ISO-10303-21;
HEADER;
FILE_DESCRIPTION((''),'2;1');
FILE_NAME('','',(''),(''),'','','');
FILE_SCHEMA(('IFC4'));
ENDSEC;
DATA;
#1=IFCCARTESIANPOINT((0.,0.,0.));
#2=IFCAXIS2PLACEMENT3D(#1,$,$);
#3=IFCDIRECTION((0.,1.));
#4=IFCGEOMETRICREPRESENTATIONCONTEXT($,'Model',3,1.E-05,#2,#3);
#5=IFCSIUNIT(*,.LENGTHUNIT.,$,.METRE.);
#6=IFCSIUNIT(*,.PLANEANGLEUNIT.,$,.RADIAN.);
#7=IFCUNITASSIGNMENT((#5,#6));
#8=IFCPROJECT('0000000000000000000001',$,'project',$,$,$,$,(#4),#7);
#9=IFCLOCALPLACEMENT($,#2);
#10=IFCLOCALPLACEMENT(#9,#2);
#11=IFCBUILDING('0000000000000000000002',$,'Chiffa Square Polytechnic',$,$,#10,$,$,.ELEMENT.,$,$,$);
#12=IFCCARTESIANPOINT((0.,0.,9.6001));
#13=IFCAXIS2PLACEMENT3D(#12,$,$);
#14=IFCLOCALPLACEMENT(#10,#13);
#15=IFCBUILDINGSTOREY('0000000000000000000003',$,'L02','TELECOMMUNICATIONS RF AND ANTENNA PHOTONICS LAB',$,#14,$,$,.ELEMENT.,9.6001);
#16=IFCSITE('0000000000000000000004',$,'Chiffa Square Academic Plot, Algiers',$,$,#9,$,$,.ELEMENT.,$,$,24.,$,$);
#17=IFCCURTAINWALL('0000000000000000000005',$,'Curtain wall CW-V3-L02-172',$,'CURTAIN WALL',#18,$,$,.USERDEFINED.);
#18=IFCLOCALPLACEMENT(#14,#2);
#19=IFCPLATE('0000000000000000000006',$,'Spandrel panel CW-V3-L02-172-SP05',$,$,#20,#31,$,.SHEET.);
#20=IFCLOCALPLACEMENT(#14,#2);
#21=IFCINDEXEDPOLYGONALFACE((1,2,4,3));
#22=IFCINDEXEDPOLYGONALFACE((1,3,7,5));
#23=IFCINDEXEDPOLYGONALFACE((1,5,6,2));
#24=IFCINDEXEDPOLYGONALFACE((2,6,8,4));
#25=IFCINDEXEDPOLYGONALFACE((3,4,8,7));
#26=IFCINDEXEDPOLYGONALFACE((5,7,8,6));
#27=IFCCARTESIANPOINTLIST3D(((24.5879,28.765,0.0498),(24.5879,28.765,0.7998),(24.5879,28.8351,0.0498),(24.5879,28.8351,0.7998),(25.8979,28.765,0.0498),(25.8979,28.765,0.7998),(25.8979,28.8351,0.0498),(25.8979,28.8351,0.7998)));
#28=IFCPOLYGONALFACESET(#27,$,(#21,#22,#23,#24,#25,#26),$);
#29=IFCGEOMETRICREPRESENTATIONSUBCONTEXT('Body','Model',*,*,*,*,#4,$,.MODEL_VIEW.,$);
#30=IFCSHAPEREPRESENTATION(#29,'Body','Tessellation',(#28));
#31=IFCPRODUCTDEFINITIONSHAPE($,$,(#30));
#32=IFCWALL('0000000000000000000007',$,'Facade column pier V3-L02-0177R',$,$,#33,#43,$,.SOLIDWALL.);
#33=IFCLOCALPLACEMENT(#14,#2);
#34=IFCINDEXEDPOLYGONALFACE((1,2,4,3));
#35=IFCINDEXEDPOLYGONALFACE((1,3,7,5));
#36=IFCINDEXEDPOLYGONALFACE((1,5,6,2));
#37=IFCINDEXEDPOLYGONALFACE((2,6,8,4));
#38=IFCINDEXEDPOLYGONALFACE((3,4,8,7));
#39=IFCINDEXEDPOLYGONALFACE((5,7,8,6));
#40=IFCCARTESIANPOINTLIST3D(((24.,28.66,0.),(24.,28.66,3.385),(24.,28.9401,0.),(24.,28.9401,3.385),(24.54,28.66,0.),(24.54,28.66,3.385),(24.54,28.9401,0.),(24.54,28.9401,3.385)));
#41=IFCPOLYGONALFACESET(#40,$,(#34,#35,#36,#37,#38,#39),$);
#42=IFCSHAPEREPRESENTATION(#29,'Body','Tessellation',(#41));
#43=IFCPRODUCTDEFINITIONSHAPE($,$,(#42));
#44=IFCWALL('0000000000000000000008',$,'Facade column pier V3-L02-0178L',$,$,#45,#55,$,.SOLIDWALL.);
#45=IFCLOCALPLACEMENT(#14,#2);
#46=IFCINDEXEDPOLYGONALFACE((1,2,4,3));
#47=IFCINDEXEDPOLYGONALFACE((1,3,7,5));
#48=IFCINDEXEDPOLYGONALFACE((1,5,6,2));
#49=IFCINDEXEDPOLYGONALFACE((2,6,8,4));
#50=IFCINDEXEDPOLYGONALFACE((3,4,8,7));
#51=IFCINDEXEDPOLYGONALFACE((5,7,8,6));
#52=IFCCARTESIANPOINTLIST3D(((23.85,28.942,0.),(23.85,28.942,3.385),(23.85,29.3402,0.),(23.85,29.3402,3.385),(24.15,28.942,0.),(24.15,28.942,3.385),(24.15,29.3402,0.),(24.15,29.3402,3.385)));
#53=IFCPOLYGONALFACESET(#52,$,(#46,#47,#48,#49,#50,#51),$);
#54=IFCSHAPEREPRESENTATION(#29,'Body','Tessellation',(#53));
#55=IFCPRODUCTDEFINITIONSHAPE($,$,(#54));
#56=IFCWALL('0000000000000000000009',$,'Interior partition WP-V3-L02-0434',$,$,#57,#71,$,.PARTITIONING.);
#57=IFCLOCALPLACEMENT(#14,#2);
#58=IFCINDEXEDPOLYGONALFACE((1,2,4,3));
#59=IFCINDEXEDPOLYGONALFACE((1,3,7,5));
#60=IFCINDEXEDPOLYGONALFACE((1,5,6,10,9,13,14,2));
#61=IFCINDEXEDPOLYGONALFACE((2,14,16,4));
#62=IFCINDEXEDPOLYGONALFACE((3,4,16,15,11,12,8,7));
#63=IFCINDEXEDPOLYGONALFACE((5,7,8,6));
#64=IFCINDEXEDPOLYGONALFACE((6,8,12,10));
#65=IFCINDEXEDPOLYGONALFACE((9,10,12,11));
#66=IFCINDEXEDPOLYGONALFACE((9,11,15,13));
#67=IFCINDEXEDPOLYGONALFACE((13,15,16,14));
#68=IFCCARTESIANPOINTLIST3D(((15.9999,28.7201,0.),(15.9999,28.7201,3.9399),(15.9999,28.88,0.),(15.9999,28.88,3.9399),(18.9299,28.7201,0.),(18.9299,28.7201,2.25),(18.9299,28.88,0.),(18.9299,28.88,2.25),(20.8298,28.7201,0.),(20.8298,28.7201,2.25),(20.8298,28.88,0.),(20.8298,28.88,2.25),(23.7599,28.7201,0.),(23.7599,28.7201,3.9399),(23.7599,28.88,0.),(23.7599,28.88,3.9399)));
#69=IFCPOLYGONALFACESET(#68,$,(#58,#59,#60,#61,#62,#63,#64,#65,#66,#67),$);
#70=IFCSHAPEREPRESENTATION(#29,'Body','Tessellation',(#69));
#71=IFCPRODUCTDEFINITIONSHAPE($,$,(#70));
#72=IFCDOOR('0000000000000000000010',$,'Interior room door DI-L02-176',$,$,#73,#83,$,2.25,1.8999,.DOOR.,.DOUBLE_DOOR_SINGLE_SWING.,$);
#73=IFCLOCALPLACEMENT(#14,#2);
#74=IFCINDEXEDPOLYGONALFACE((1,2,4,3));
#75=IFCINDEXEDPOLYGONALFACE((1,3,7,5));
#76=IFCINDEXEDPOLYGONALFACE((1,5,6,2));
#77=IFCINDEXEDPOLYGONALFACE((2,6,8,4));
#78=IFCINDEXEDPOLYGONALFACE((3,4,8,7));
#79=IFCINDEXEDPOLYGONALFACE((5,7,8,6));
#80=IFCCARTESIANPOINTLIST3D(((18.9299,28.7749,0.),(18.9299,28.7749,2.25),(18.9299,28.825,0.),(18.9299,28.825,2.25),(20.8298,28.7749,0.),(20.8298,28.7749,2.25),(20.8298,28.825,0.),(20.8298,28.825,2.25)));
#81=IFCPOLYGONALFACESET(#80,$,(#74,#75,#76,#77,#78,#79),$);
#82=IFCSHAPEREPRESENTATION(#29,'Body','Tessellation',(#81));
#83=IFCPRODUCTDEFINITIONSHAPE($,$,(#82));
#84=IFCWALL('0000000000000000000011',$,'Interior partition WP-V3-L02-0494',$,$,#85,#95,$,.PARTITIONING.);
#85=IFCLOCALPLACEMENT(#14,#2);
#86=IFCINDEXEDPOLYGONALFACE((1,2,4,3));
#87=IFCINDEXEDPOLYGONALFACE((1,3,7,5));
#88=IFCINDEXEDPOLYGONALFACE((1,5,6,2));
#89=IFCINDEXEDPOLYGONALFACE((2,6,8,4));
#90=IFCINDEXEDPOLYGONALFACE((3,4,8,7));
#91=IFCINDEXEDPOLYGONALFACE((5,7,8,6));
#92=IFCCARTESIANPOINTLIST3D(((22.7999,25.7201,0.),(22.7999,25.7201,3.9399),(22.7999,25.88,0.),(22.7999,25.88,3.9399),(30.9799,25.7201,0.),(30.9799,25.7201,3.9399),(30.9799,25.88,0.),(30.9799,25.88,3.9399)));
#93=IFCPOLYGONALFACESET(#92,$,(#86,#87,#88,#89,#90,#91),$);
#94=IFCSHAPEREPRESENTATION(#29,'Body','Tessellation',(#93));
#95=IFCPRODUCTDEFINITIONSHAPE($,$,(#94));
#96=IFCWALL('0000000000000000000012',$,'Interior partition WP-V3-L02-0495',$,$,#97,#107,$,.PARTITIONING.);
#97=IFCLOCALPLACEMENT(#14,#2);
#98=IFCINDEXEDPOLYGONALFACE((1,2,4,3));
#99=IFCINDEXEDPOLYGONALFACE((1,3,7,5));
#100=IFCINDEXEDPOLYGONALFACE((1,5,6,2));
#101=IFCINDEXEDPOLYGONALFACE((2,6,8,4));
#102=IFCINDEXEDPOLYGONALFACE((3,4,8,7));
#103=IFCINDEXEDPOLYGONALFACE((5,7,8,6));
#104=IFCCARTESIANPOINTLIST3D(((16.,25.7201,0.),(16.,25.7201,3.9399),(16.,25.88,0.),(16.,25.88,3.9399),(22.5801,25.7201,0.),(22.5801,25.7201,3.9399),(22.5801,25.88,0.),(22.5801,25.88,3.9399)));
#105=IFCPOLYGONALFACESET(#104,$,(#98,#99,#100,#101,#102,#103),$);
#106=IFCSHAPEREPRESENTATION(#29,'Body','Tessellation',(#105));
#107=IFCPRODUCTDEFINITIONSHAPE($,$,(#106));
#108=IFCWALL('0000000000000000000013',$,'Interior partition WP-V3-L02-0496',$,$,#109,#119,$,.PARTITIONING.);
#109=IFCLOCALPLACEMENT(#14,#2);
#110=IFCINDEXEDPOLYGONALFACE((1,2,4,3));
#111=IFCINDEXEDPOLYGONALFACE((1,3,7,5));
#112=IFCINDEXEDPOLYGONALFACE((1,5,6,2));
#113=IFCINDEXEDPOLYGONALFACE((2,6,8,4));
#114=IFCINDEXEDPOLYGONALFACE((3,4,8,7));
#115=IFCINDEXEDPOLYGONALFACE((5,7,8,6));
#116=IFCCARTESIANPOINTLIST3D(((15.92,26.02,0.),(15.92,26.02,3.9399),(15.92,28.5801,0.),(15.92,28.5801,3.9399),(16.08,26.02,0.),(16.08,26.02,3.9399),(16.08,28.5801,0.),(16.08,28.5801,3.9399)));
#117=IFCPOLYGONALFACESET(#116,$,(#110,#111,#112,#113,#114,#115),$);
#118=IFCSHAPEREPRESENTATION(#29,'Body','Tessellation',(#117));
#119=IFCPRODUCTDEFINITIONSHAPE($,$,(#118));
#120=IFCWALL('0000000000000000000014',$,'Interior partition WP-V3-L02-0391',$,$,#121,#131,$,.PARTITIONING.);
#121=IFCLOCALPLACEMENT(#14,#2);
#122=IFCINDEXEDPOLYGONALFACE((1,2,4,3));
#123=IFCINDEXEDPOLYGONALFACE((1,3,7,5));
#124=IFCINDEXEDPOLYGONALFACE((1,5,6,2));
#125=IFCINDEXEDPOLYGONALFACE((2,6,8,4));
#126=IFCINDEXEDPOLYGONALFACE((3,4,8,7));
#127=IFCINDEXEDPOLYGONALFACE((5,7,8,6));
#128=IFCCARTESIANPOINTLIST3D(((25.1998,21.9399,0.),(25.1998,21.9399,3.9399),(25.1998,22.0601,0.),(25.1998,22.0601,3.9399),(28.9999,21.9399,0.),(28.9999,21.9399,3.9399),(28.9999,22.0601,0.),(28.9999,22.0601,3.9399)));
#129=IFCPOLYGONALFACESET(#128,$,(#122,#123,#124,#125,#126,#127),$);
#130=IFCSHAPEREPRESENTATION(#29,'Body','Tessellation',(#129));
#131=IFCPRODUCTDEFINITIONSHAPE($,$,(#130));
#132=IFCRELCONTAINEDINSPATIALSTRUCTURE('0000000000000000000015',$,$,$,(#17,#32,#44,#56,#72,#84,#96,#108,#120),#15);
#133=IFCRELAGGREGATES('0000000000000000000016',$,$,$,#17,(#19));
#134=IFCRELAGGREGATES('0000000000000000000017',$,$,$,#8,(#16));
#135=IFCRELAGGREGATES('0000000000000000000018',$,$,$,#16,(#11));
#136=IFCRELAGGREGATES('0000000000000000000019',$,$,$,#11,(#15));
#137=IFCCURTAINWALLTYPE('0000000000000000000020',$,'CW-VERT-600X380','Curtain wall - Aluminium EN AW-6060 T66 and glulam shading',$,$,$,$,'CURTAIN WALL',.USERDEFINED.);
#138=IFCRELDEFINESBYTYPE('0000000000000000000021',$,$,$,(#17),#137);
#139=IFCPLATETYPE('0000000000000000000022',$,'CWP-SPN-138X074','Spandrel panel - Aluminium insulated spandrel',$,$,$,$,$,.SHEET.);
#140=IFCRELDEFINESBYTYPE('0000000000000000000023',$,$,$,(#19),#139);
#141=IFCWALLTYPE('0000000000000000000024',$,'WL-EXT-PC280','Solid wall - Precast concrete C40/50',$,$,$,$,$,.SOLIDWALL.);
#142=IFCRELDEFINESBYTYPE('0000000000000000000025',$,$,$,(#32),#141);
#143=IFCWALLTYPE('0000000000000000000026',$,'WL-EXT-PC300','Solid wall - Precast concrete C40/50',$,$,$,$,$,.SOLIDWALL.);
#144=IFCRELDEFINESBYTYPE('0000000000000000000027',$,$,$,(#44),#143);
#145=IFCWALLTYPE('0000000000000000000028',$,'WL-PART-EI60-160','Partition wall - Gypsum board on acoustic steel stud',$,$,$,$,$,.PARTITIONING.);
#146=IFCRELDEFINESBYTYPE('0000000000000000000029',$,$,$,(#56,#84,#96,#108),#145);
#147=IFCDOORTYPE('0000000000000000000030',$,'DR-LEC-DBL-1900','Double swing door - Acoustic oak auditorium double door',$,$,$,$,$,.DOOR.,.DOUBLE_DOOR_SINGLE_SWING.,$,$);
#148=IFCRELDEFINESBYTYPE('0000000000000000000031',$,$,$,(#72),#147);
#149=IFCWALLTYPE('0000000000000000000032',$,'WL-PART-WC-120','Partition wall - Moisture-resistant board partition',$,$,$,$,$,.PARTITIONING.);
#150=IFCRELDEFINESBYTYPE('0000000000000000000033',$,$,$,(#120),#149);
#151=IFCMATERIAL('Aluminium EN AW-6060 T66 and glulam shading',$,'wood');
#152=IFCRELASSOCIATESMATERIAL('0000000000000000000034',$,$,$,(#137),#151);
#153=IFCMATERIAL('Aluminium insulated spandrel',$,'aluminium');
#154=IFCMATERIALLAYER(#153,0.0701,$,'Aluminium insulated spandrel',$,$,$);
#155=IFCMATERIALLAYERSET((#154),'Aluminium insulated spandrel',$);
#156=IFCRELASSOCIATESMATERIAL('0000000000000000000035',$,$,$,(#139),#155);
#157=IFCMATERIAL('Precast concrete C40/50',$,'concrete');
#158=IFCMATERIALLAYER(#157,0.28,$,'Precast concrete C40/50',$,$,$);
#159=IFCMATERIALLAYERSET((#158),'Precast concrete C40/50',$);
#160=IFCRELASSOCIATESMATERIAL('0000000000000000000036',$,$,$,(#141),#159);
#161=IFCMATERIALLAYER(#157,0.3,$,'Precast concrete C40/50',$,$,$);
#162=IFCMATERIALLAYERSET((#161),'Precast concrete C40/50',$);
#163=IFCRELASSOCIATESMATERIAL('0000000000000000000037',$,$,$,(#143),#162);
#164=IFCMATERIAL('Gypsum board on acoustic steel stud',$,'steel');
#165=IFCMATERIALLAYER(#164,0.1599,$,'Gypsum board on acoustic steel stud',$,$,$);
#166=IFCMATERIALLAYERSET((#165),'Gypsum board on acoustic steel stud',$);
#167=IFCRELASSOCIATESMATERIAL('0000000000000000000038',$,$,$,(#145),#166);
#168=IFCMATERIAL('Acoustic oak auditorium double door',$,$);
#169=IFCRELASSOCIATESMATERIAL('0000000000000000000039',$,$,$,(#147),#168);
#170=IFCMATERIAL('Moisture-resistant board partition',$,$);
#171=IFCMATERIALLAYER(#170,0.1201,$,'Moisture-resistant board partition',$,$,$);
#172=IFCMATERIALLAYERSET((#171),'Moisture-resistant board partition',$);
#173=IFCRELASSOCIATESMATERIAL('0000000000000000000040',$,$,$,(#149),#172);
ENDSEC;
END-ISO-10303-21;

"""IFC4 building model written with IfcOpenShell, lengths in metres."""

from ifc_helpers import new_model, si_unit, direction, frame, frame_2d, origin, origin_2d, place, context, subcontext, project, spatial, rectangle, extrude, material, layer, layer_set, type_object, element, fill, aggregate, save


model = new_model("IFC4")

# Units and contexts
model_context = context("Model", 3, precision=1e-05, world=origin(), true_north=direction((0.0, 1.0)))
body_context = subcontext(model_context, "Body", "Model", "MODEL_VIEW")
ifc_project = project(units=[si_unit("LENGTHUNIT", "METRE"), si_unit("PLANEANGLEUNIT", "RADIAN")], contexts=[model_context])

# Site, building, storey
site_placement = place(None, origin())
site = spatial("IfcSite", under=ifc_project, at=site_placement, Name="Chiffa Square Academic Plot, Algiers", CompositionType="ELEMENT", RefElevation=24.0)
building_placement = place(site_placement, origin())
building = spatial("IfcBuilding", under=site, at=building_placement, Name="Chiffa Square Polytechnic", CompositionType="ELEMENT")
storey_placement = place(building_placement, frame((0.0, 0.0, 9.6001)))
storey = spatial("IfcBuildingStorey", under=building, at=storey_placement, Name="L02", Description="TELECOMMUNICATIONS RF AND ANTENNA PHOTONICS LAB", CompositionType="ELEMENT", Elevation=9.6001)

# Curtain wall
ifc_material_1 = material(Name="Aluminium EN AW-6060 T66 and glulam shading", Category="wood")
curtain_wall_type_1 = type_object("IfcCurtainWallType", Name="CW-VERT-600X380", Description="Curtain wall - Aluminium EN AW-6060 T66 and glulam shading", ElementType="CURTAIN WALL", PredefinedType="USERDEFINED", material=ifc_material_1)
curtain_wall_1_placement = place(storey_placement, origin())
curtain_wall_1 = element("IfcCurtainWall", 1, at=curtain_wall_1_placement, inside=storey, type_object=curtain_wall_type_1, Name="Curtain wall CW-V3-L02-172", ObjectType="CURTAIN WALL", PredefinedType="USERDEFINED")

# Plate
ifc_material_2 = material(Name="Aluminium insulated spandrel", Category="aluminium")
ifc_layer_1 = layer(ifc_material_2, 0.0701, Name="Aluminium insulated spandrel")
ifc_layer_set_1 = layer_set([ifc_layer_1], Name="Aluminium insulated spandrel")
plate_type_1 = type_object("IfcPlateType", Name="CWP-SPN-138X074", Description="Spandrel panel - Aluminium insulated spandrel", PredefinedType="SHEET", material=ifc_layer_set_1)
plate_1_placement = place(storey_placement, frame((25.2429, 28.8, 0.0498), z_axis=(0.0, 0.0, 1.0), x_axis=(-1.0, 0.0, 0.0)))
plate_1 = element("IfcPlate", 2, at=plate_1_placement, type_object=plate_type_1, Name="Spandrel panel CW-V3-L02-172-SP05", PredefinedType="SHEET", context=body_context, shape_type="SweptSolid", body=[
    extrude(rectangle(XDim=1.3101, YDim=0.0701, at=origin_2d()), origin(), (0.0, 0.0, 1.0), 0.75),
])
aggregate(curtain_wall_1, [plate_1])

# Walls
ifc_material_3 = material(Name="Precast concrete C40/50", Category="concrete")
ifc_layer_2 = layer(ifc_material_3, 0.28, Name="Precast concrete C40/50")
ifc_layer_set_2 = layer_set([ifc_layer_2], Name="Precast concrete C40/50")
wall_type_1 = type_object("IfcWallType", Name="WL-EXT-PC280", Description="Solid wall - Precast concrete C40/50", PredefinedType="SOLIDWALL", material=ifc_layer_set_2)
wall_1_placement = place(storey_placement, frame((24.54, 28.8, 0.0), z_axis=(0.0, 0.0, 1.0), x_axis=(-1.0, 0.0, 0.0)))
element("IfcWall", 3, at=wall_1_placement, inside=storey, type_object=wall_type_1, Name="Facade column pier V3-L02-0177R", PredefinedType="SOLIDWALL", context=body_context, shape_type="SweptSolid", body=[
    extrude(rectangle(XDim=0.54, YDim=0.28, at=frame_2d((0.27, 0.0))), origin(), (0.0, 0.0, 1.0), 3.385),
])
ifc_layer_3 = layer(ifc_material_3, 0.3, Name="Precast concrete C40/50")
ifc_layer_set_3 = layer_set([ifc_layer_3], Name="Precast concrete C40/50")
wall_type_2 = type_object("IfcWallType", Name="WL-EXT-PC300", Description="Solid wall - Precast concrete C40/50", PredefinedType="SOLIDWALL", material=ifc_layer_set_3)
wall_2_placement = place(storey_placement, frame((24.0, 28.9419, 0.0), z_axis=(0.0, 0.0, 1.0), x_axis=(0.0, 1.0, 0.0)))
element("IfcWall", 4, at=wall_2_placement, inside=storey, type_object=wall_type_2, Name="Facade column pier V3-L02-0178L", PredefinedType="SOLIDWALL", context=body_context, shape_type="SweptSolid", body=[
    extrude(rectangle(XDim=0.3982, YDim=0.3, at=frame_2d((0.1992, 0.0))), origin(), (0.0, 0.0, 1.0), 3.385),
])

# Wall, opening, door
ifc_material_4 = material(Name="Gypsum board on acoustic steel stud", Category="steel")
ifc_layer_4 = layer(ifc_material_4, 0.1599, Name="Gypsum board on acoustic steel stud")
ifc_layer_set_4 = layer_set([ifc_layer_4], Name="Gypsum board on acoustic steel stud")
wall_type_3 = type_object("IfcWallType", Name="WL-PART-EI60-160", Description="Partition wall - Gypsum board on acoustic steel stud", PredefinedType="PARTITIONING", material=ifc_layer_set_4)
wall_3_placement = place(storey_placement, frame((16.0, 28.8, 0.0), z_axis=(0.0, 0.0, 1.0), x_axis=(1.0, 0.0, 0.0)))
wall_3 = element("IfcWall", 5, at=wall_3_placement, inside=storey, type_object=wall_type_3, Name="Interior partition WP-V3-L02-0434", PredefinedType="PARTITIONING", context=body_context, shape_type="SweptSolid", body=[
    extrude(rectangle(XDim=7.76, YDim=0.1599, at=frame_2d((3.8799, 0.0))), origin(), (0.0, 0.0, 1.0), 3.9399),
])
opening_placement = place(wall_3_placement, frame((2.9299, 0.0, 0.0)))
opening = element("IfcOpeningElement", 6, at=opening_placement, cuts=wall_3, PredefinedType="OPENING", context=body_context, shape_type="SweptSolid", body=[
    extrude(rectangle(XDim=1.8999, YDim=2.25, at=frame_2d((0.95, 1.125))), frame((0.0, 0.0898, 0.0), z_axis=(0.0, -1.0, 0.0), x_axis=(1.0, 0.0, 0.0)), (0.0, 0.0, 1.0), 0.1799),
])
ifc_material_5 = material(Name="Acoustic oak auditorium double door")
door_type = type_object("IfcDoorType", Name="DR-LEC-DBL-1900", Description="Double swing door - Acoustic oak auditorium double door", OperationType="DOUBLE_DOOR_SINGLE_SWING", PredefinedType="DOOR", material=ifc_material_5)
door_placement = place(opening_placement, origin())
door = element("IfcDoor", 7, at=door_placement, inside=storey, type_object=door_type, Name="Interior room door DI-L02-176", OperationType="DOUBLE_DOOR_SINGLE_SWING", OverallHeight=2.25, OverallWidth=1.8999, PredefinedType="DOOR", context=body_context, shape_type="SweptSolid", body=[
    extrude(rectangle(XDim=1.8999, YDim=2.25, at=frame_2d((0.95, 1.125))), frame((0.0, 0.0249, 0.0), z_axis=(0.0, -1.0, 0.0), x_axis=(1.0, 0.0, 0.0)), (0.0, 0.0, 1.0), 0.05),
])
fill(opening, door)

# Walls
wall_4_placement = place(storey_placement, frame((22.8, 25.8, 0.0), z_axis=(0.0, 0.0, 1.0), x_axis=(1.0, 0.0, 0.0)))
element("IfcWall", 8, at=wall_4_placement, inside=storey, type_object=wall_type_3, Name="Interior partition WP-V3-L02-0494", PredefinedType="PARTITIONING", context=body_context, shape_type="SweptSolid", body=[
    extrude(rectangle(XDim=8.1799, YDim=0.1599, at=frame_2d((4.0898, 0.0))), origin(), (0.0, 0.0, 1.0), 3.9399),
])
wall_5_placement = place(storey_placement, frame((16.0, 25.8, 0.0), z_axis=(0.0, 0.0, 1.0), x_axis=(1.0, 0.0, 0.0)))
element("IfcWall", 9, at=wall_5_placement, inside=storey, type_object=wall_type_3, Name="Interior partition WP-V3-L02-0495", PredefinedType="PARTITIONING", context=body_context, shape_type="SweptSolid", body=[
    extrude(rectangle(XDim=6.5801, YDim=0.1599, at=frame_2d((3.29, 0.0))), origin(), (0.0, 0.0, 1.0), 3.9399),
])
wall_6_placement = place(storey_placement, frame((16.0, 26.02, 0.0), z_axis=(0.0, 0.0, 1.0), x_axis=(0.0, 1.0, 0.0)))
element("IfcWall", 10, at=wall_6_placement, inside=storey, type_object=wall_type_3, Name="Interior partition WP-V3-L02-0496", PredefinedType="PARTITIONING", context=body_context, shape_type="SweptSolid", body=[
    extrude(rectangle(XDim=2.5601, YDim=0.1599, at=frame_2d((1.28, 0.0))), origin(), (0.0, 0.0, 1.0), 3.9399),
])
ifc_material_6 = material(Name="Moisture-resistant board partition")
ifc_layer_5 = layer(ifc_material_6, 0.1201, Name="Moisture-resistant board partition")
ifc_layer_set_5 = layer_set([ifc_layer_5], Name="Moisture-resistant board partition")
wall_type_4 = type_object("IfcWallType", Name="WL-PART-WC-120", Description="Partition wall - Moisture-resistant board partition", PredefinedType="PARTITIONING", material=ifc_layer_set_5)
wall_7_placement = place(storey_placement, frame((25.2, 22.0, 0.0), z_axis=(0.0, 0.0, 1.0), x_axis=(1.0, 0.0, 0.0)))
element("IfcWall", 11, at=wall_7_placement, inside=storey, type_object=wall_type_4, Name="Interior partition WP-V3-L02-0391", PredefinedType="PARTITIONING", context=body_context, shape_type="SweptSolid", body=[
    extrude(rectangle(XDim=3.8, YDim=0.1201, at=frame_2d((1.8999, 0.0))), origin(), (0.0, 0.0, 1.0), 3.9399),
])

save(model, "model.ifc")
